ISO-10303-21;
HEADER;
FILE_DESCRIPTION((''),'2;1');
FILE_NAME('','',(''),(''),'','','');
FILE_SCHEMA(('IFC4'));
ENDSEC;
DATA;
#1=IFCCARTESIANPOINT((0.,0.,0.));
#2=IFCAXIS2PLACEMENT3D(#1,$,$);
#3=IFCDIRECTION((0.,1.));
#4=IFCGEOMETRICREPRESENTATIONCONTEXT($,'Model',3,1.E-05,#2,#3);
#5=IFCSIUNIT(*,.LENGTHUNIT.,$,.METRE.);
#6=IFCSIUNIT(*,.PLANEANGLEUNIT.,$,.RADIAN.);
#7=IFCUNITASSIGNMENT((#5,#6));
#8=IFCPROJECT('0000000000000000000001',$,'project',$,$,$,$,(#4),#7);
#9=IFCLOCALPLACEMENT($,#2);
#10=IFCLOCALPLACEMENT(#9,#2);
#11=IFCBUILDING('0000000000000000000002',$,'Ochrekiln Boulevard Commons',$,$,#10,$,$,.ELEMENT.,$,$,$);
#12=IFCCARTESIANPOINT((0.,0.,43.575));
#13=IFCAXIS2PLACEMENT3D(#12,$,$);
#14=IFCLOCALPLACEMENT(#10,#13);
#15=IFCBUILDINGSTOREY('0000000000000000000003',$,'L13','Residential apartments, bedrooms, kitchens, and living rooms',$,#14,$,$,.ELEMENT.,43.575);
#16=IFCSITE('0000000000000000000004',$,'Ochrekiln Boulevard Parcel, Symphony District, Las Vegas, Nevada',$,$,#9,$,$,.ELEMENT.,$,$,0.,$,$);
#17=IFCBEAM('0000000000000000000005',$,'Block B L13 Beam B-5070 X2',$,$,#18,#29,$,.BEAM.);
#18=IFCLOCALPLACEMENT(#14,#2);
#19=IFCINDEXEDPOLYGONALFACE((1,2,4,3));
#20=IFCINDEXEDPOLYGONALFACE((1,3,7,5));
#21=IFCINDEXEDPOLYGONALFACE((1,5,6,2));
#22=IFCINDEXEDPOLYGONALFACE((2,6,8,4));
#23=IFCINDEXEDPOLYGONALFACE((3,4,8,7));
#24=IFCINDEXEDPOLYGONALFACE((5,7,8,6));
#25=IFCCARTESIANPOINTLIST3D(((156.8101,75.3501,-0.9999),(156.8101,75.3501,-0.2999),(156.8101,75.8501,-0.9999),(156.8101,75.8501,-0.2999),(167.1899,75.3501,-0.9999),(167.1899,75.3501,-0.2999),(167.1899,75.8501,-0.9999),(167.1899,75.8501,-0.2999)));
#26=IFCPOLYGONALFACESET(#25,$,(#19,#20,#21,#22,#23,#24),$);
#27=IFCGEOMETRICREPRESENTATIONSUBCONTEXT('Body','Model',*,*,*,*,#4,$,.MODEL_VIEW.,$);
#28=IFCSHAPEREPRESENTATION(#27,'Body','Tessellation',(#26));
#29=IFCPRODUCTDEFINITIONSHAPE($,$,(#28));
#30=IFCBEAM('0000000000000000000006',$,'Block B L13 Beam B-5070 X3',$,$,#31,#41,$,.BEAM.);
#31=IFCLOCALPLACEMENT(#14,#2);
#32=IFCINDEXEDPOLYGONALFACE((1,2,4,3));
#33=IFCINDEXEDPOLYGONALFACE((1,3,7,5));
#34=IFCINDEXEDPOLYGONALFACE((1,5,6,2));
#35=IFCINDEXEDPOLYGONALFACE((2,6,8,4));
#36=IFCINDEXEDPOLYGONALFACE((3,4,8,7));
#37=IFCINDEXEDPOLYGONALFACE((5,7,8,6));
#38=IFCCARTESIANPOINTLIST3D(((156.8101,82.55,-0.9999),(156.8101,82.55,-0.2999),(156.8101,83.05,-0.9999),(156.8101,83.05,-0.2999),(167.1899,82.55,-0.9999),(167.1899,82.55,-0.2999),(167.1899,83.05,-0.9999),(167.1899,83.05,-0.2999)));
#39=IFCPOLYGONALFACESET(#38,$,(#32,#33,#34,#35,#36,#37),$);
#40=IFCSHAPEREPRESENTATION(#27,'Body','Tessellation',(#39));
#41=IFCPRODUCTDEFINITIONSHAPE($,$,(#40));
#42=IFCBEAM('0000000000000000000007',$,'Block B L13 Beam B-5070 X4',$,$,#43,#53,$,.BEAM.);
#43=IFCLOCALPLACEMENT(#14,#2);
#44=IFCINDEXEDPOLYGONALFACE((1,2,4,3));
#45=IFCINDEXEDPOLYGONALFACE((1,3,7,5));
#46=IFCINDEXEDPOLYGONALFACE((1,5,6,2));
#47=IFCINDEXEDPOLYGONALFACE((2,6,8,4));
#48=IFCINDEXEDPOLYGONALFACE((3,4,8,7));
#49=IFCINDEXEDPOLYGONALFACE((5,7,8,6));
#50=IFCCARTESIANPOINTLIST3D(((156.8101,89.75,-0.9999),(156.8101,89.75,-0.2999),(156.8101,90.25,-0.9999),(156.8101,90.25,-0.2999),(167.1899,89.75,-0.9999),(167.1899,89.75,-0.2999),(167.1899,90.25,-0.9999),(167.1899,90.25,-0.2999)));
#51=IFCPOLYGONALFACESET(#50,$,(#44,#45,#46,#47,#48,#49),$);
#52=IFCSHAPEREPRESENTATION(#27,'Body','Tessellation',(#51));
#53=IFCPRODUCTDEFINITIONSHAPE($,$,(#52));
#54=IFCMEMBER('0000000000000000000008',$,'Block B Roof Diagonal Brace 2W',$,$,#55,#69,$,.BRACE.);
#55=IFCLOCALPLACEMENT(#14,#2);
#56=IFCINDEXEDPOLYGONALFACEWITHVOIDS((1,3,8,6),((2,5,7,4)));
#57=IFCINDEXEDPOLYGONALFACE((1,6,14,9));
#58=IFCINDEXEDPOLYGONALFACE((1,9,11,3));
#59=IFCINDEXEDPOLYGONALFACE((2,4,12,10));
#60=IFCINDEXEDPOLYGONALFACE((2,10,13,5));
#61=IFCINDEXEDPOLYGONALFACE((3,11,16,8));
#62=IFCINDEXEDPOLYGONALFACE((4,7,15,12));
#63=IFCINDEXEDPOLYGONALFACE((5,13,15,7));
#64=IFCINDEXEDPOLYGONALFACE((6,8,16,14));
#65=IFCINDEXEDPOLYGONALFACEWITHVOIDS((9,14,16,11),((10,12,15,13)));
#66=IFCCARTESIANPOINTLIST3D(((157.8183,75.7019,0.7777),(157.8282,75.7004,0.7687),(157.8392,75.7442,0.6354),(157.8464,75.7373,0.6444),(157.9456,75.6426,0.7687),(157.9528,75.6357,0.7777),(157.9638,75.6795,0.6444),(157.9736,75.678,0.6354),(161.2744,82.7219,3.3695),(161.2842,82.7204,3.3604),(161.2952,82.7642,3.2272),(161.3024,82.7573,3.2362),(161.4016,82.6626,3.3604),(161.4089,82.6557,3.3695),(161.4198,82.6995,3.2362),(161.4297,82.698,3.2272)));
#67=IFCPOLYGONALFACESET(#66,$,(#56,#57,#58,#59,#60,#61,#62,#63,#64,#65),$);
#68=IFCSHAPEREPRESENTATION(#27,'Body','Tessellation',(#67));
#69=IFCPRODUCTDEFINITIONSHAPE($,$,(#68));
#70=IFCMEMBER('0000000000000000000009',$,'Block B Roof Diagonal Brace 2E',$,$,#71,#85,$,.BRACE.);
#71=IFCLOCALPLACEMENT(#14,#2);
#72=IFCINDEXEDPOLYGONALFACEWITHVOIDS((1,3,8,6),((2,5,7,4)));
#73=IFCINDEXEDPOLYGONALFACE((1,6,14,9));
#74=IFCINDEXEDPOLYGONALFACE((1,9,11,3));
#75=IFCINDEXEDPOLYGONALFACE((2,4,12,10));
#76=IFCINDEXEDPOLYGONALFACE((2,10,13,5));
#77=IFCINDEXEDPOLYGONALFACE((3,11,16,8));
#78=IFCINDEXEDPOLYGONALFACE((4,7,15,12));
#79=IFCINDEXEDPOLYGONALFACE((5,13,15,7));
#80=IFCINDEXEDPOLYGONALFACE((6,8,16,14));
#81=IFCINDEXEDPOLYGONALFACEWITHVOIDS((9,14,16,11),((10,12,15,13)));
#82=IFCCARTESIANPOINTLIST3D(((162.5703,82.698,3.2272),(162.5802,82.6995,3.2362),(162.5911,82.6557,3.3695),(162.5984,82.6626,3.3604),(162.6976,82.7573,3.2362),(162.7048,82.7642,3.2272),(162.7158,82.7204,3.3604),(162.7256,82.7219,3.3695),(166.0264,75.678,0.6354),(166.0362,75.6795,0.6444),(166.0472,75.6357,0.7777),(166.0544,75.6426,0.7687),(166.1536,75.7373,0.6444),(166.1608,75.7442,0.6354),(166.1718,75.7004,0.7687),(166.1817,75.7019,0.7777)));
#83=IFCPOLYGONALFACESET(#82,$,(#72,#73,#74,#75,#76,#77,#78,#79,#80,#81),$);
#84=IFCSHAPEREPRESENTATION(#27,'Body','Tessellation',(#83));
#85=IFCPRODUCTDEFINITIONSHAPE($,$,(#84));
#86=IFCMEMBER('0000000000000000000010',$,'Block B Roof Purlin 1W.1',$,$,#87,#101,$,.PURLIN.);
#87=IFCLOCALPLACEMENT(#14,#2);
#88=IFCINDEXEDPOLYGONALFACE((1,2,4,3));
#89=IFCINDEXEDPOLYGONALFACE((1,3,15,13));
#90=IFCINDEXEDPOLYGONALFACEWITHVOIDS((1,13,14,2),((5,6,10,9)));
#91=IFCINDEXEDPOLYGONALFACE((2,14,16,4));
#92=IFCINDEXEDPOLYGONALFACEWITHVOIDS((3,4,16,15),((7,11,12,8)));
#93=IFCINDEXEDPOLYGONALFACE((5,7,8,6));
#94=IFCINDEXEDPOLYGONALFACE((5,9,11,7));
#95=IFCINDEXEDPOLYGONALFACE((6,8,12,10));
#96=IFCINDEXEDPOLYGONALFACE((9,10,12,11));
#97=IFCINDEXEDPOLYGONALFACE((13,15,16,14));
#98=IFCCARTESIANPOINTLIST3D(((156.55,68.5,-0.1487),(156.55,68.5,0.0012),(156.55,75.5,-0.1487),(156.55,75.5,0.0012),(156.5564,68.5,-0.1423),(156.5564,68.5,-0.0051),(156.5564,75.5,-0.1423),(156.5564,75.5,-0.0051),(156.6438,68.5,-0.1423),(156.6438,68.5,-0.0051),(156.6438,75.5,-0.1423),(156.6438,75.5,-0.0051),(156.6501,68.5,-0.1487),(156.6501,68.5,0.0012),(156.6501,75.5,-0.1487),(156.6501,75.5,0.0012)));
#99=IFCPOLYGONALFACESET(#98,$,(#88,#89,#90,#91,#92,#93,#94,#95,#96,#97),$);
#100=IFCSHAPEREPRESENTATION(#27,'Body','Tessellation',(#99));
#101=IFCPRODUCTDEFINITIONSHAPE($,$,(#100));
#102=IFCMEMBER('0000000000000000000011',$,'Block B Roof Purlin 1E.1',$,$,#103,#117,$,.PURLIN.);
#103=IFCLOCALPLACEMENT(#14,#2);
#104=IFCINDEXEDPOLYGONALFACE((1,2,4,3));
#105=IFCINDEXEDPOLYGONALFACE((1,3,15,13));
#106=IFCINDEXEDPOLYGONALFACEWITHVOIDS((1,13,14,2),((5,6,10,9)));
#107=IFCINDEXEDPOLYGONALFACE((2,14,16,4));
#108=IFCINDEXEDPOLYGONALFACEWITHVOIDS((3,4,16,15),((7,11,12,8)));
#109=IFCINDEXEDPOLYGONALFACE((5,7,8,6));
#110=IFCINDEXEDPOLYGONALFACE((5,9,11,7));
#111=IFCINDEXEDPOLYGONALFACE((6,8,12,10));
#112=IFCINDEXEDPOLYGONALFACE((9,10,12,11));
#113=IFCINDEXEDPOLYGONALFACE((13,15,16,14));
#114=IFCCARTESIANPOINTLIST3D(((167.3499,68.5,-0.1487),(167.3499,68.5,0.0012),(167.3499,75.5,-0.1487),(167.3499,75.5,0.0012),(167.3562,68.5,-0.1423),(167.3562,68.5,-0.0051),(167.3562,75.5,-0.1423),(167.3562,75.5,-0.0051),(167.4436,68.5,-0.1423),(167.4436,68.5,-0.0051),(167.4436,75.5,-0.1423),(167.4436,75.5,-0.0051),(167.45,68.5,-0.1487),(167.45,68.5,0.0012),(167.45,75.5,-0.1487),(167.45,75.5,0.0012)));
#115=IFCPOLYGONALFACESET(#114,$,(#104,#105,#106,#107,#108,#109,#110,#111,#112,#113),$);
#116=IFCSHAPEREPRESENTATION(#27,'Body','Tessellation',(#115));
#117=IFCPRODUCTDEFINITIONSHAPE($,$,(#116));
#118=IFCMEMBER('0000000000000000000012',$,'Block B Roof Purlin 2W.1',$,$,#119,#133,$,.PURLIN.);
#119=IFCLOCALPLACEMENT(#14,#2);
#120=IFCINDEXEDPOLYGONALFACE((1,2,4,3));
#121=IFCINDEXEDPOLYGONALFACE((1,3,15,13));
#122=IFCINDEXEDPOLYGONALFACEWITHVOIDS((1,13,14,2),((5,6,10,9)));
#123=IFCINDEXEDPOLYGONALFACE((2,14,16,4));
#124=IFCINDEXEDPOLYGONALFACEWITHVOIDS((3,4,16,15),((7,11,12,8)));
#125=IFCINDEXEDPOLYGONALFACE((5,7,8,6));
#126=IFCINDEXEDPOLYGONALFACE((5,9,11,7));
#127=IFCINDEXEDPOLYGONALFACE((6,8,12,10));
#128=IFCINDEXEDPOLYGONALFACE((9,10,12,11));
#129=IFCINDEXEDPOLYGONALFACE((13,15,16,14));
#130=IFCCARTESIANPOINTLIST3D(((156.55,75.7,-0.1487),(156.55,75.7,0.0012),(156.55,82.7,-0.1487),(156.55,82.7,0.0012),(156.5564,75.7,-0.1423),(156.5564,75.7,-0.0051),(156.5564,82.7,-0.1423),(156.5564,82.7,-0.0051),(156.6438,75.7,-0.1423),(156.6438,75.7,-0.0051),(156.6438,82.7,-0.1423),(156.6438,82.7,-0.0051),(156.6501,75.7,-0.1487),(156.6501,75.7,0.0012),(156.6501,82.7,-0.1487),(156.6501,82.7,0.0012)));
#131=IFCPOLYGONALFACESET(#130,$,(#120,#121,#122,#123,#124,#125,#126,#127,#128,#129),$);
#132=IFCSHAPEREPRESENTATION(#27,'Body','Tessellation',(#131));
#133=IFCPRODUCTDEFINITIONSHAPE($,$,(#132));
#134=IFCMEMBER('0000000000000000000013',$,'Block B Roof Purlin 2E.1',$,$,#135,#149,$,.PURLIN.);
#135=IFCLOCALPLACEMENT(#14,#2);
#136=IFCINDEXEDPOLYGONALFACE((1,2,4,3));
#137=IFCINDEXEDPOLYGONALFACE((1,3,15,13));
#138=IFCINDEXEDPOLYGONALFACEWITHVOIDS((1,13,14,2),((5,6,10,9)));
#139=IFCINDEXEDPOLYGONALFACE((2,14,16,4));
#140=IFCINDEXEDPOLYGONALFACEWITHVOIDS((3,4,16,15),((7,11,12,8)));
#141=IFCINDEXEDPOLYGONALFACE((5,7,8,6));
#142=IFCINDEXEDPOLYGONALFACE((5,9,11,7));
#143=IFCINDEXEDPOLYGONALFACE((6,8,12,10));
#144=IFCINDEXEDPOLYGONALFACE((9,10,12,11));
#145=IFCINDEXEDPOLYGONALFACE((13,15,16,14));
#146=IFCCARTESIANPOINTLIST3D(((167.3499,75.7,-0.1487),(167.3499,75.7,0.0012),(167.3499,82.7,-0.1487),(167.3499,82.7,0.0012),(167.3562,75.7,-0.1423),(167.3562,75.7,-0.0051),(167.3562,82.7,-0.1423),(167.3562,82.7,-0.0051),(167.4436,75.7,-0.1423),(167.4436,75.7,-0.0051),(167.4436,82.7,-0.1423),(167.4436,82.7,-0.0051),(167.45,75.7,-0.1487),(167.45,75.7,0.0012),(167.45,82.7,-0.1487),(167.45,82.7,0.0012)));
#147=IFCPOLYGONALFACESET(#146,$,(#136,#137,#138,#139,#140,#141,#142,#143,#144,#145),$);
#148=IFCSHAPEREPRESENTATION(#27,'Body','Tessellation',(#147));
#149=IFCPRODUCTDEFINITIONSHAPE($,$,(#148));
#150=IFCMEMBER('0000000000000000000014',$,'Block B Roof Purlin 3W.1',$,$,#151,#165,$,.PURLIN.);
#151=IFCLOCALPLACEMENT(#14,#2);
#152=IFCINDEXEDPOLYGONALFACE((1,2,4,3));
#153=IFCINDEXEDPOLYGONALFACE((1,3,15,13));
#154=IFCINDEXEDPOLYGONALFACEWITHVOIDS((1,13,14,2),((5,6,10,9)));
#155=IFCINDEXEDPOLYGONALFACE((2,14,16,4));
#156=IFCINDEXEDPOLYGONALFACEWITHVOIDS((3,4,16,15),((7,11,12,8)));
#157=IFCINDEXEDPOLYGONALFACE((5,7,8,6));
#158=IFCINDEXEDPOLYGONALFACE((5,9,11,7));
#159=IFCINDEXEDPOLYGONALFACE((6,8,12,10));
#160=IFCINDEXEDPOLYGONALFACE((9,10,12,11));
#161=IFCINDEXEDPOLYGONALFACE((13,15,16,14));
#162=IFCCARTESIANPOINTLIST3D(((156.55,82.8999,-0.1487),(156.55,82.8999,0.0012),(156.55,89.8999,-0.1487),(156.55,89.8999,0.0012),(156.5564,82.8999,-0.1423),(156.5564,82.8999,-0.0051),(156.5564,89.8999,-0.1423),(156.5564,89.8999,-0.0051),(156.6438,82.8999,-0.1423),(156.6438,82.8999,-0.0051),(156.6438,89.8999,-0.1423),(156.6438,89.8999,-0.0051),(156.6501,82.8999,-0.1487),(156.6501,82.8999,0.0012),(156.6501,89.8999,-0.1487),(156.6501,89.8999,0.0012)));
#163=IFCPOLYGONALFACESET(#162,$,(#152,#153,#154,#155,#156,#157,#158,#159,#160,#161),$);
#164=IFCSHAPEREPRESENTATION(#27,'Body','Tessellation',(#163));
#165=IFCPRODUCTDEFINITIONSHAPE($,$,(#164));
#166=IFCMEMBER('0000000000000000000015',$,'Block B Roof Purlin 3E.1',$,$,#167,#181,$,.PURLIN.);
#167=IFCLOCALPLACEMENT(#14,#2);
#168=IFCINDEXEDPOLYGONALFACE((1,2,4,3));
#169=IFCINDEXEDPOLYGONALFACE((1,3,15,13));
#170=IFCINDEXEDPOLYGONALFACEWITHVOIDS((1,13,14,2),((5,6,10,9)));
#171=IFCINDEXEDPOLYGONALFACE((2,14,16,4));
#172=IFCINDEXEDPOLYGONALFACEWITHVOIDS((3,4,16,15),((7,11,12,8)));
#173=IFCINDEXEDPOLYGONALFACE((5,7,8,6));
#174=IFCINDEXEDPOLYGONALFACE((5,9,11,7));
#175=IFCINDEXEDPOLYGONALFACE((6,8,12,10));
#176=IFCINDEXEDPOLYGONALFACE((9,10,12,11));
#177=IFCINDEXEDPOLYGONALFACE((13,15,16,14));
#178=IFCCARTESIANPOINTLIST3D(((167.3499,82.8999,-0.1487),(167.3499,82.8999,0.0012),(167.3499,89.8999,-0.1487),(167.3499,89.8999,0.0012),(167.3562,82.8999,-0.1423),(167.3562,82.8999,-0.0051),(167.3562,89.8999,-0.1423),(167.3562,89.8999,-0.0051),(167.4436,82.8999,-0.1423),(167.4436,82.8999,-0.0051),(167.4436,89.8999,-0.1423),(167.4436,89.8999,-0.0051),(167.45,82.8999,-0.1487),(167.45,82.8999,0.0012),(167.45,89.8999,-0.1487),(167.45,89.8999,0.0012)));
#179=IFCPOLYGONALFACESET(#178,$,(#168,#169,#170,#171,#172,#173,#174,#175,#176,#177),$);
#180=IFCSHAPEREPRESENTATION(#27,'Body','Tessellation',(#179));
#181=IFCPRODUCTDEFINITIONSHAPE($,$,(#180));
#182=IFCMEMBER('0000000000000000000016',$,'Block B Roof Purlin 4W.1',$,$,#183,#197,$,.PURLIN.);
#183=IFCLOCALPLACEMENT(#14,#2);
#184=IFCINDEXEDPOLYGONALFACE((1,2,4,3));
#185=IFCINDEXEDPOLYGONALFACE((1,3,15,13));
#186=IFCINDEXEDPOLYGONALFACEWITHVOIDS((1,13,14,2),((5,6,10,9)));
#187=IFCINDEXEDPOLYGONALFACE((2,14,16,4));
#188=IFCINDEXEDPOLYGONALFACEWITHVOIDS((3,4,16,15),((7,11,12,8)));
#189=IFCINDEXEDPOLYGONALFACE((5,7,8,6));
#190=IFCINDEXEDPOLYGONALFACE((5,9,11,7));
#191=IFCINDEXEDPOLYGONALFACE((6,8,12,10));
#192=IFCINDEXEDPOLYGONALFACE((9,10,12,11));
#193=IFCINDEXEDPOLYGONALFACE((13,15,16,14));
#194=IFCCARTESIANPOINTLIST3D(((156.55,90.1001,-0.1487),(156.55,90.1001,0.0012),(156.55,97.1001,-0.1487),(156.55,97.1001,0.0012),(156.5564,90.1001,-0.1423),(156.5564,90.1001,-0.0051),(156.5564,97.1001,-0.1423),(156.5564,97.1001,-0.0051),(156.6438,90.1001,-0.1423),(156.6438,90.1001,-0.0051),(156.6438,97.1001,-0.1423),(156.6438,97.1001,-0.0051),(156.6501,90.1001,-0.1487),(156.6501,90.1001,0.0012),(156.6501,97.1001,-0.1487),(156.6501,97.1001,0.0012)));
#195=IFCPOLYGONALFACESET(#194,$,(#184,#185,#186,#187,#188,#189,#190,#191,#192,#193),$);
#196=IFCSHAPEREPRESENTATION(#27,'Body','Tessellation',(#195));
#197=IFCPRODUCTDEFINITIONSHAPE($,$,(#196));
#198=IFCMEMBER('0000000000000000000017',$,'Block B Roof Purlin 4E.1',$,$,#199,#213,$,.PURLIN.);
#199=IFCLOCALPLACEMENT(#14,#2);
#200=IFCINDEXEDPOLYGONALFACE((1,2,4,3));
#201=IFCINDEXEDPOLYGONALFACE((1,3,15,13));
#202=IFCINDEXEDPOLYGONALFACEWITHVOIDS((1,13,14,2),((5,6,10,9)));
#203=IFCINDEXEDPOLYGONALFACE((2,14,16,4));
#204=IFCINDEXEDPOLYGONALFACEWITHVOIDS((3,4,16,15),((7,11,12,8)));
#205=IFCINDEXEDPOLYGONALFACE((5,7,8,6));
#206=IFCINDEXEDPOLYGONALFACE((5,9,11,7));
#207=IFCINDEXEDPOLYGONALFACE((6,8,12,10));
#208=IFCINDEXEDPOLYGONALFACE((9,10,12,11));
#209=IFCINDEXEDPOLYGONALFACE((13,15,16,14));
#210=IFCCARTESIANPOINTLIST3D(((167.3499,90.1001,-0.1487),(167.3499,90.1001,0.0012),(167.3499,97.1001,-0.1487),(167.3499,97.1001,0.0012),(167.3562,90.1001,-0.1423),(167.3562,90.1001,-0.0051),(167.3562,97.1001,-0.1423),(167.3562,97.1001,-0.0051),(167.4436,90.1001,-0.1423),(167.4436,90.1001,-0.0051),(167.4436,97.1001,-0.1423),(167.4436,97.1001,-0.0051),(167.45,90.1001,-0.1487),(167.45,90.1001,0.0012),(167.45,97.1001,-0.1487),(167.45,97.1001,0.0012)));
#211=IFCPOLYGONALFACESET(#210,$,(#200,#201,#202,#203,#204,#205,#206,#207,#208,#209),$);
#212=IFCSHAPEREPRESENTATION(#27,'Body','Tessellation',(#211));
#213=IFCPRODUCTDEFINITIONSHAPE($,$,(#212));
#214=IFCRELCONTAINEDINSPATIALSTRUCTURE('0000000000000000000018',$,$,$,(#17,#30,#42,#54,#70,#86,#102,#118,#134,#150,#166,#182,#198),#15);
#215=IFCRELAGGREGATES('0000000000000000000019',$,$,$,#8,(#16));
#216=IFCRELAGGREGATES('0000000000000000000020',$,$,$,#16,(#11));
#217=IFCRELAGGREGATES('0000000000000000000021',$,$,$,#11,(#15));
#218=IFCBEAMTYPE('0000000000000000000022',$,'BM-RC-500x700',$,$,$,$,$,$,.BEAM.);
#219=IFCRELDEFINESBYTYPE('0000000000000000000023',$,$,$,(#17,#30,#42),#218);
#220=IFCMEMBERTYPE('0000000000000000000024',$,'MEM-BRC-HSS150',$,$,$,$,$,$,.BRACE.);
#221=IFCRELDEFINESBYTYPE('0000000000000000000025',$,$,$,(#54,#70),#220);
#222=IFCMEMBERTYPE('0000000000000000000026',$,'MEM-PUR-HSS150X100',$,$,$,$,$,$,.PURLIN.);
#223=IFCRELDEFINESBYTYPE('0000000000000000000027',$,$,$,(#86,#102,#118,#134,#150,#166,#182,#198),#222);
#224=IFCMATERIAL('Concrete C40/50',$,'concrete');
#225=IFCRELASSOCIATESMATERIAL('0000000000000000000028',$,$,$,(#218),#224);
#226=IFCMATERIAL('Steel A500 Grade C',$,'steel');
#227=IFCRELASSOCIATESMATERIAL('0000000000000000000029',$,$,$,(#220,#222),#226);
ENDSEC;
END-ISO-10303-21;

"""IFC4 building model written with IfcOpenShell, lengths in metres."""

from ifc_helpers import new_model, si_unit, direction, frame, origin, origin_2d, place, context, subcontext, project, spatial, rectangle, hollow_rectangle, extrude, material, material_profile, profile_set, type_object, element, save


model = new_model("IFC4")

# Units and contexts
model_context = context("Model", 3, precision=1e-05, world=origin(), true_north=direction((0.0, 1.0)))
body_context = subcontext(model_context, "Body", "Model", "MODEL_VIEW")
ifc_project = project(units=[si_unit("LENGTHUNIT", "METRE"), si_unit("PLANEANGLEUNIT", "RADIAN")], contexts=[model_context])

# Site, building, storey
site_placement = place(None, origin())
site = spatial("IfcSite", under=ifc_project, at=site_placement, Name="Ochrekiln Boulevard Parcel, Symphony District, Las Vegas, Nevada", CompositionType="ELEMENT", RefElevation=0.0)
building_placement = place(site_placement, origin())
building = spatial("IfcBuilding", under=site, at=building_placement, Name="Ochrekiln Boulevard Commons", CompositionType="ELEMENT")
storey_placement = place(building_placement, frame((0.0, 0.0, 43.575)))
storey = spatial("IfcBuildingStorey", under=building, at=storey_placement, Name="L13", Description="Residential apartments, bedrooms, kitchens, and living rooms", CompositionType="ELEMENT", Elevation=43.575)

# Beams
ifc_material_1 = material(Name="Concrete C40/50", Category="concrete")
ifc_material_profile_1 = material_profile(ifc_material_1, rectangle(XDim=0.5, YDim=0.7, at=origin_2d()), Name="RC-BM-500x700")
ifc_profile_set_1 = profile_set([ifc_material_profile_1], Name="Concrete C40/50")
beam_type_1 = type_object("IfcBeamType", Name="BM-RC-500x700", PredefinedType="BEAM", material=ifc_profile_set_1)
for number, where, z_axis, x_axis, name in (
    (1, (156.8101, 75.6001, -0.6499), (1.0, 0.0, 0.0), (0.0, 1.0, 0.0), "Block B L13 Beam B-5070 X2"),
    (2, (156.8101, 82.8, -0.6499), (1.0, 0.0, 0.0), (0.0, 1.0, 0.0), "Block B L13 Beam B-5070 X3"),
    (3, (156.8101, 90.0, -0.6499), (1.0, 0.0, 0.0), (0.0, 1.0, 0.0), "Block B L13 Beam B-5070 X4"),
):
    element("IfcBeam", number, at=place(storey_placement, frame(where, z_axis=z_axis, x_axis=x_axis)), inside=storey, type_object=beam_type_1, Name=name, PredefinedType="BEAM", context=body_context, shape_type="SweptSolid", body=[
        extrude(rectangle(XDim=0.5, YDim=0.7, at=origin_2d()), origin(), (0.0, 0.0, 1.0), 10.3799),
    ])

# Members
ifc_material_2 = material(Name="Steel A500 Grade C", Category="steel")
ifc_material_profile_2 = material_profile(ifc_material_2, hollow_rectangle(XDim=0.1499, YDim=0.1499, WallThickness=0.0095, at=origin_2d()), Name="HSS150X150X9.5")
ifc_profile_set_2 = profile_set([ifc_material_profile_2], Name="Steel A500 Grade C")
member_type_1 = type_object("IfcMemberType", Name="MEM-BRC-HSS150", PredefinedType="BRACE", material=ifc_profile_set_2)
for number, where, z_axis, x_axis, name in (
    (4, (157.896, 75.6899, 0.7065), (0.419286, 0.851663, 0.314435), (-0.897168, 0.441689, 0.0), "Block B Roof Diagonal Brace 2W"),
    (5, (166.104, 75.6899, 0.7065), (-0.419286, 0.851663, 0.314435), (-0.897168, -0.441689, 0.0), "Block B Roof Diagonal Brace 2E"),
):
    element("IfcMember", number, at=place(storey_placement, frame(where, z_axis=z_axis, x_axis=x_axis)), inside=storey, type_object=member_type_1, Name=name, PredefinedType="BRACE", context=body_context, shape_type="SweptSolid", body=[
        extrude(hollow_rectangle(XDim=0.1499, YDim=0.1499, WallThickness=0.0095, at=origin_2d()), origin(), (0.0, 0.0, 1.0), 8.2427),
    ])
ifc_material_profile_3 = material_profile(ifc_material_2, hollow_rectangle(XDim=0.1001, YDim=0.1499, WallThickness=0.0063, at=origin_2d()), Name="HSS150X100X6.4")
ifc_profile_set_3 = profile_set([ifc_material_profile_3], Name="Steel A500 Grade C")
member_type_2 = type_object("IfcMemberType", Name="MEM-PUR-HSS150X100", PredefinedType="PURLIN", material=ifc_profile_set_3)
for number, where, z_axis, x_axis, name in (
    (6, (156.6001, 68.5, -0.0737), (0.0, 1.0, 0.0), (-1.0, 0.0, 0.0), "Block B Roof Purlin 1W.1"),
    (7, (167.3999, 68.5, -0.0737), (0.0, 1.0, 0.0), (-1.0, 0.0, 0.0), "Block B Roof Purlin 1E.1"),
    (8, (156.6001, 75.7, -0.0737), (0.0, 1.0, 0.0), (-1.0, 0.0, 0.0), "Block B Roof Purlin 2W.1"),
    (9, (167.3999, 75.7, -0.0737), (0.0, 1.0, 0.0), (-1.0, 0.0, 0.0), "Block B Roof Purlin 2E.1"),
    (10, (156.6001, 82.8999, -0.0737), (0.0, 1.0, 0.0), (-1.0, 0.0, 0.0), "Block B Roof Purlin 3W.1"),
    (11, (167.3999, 82.8999, -0.0737), (0.0, 1.0, 0.0), (-1.0, 0.0, 0.0), "Block B Roof Purlin 3E.1"),
    (12, (156.6001, 90.1001, -0.0737), (0.0, 1.0, 0.0), (-1.0, 0.0, 0.0), "Block B Roof Purlin 4W.1"),
    (13, (167.3999, 90.1001, -0.0737), (0.0, 1.0, 0.0), (-1.0, 0.0, 0.0), "Block B Roof Purlin 4E.1"),
):
    element("IfcMember", number, at=place(storey_placement, frame(where, z_axis=z_axis, x_axis=x_axis)), inside=storey, type_object=member_type_2, Name=name, PredefinedType="PURLIN", context=body_context, shape_type="SweptSolid", body=[
        extrude(hollow_rectangle(XDim=0.1001, YDim=0.1499, WallThickness=0.0063, at=origin_2d()), origin(), (0.0, 0.0, 1.0), 7.0),
    ])

save(model, "model.ifc")
